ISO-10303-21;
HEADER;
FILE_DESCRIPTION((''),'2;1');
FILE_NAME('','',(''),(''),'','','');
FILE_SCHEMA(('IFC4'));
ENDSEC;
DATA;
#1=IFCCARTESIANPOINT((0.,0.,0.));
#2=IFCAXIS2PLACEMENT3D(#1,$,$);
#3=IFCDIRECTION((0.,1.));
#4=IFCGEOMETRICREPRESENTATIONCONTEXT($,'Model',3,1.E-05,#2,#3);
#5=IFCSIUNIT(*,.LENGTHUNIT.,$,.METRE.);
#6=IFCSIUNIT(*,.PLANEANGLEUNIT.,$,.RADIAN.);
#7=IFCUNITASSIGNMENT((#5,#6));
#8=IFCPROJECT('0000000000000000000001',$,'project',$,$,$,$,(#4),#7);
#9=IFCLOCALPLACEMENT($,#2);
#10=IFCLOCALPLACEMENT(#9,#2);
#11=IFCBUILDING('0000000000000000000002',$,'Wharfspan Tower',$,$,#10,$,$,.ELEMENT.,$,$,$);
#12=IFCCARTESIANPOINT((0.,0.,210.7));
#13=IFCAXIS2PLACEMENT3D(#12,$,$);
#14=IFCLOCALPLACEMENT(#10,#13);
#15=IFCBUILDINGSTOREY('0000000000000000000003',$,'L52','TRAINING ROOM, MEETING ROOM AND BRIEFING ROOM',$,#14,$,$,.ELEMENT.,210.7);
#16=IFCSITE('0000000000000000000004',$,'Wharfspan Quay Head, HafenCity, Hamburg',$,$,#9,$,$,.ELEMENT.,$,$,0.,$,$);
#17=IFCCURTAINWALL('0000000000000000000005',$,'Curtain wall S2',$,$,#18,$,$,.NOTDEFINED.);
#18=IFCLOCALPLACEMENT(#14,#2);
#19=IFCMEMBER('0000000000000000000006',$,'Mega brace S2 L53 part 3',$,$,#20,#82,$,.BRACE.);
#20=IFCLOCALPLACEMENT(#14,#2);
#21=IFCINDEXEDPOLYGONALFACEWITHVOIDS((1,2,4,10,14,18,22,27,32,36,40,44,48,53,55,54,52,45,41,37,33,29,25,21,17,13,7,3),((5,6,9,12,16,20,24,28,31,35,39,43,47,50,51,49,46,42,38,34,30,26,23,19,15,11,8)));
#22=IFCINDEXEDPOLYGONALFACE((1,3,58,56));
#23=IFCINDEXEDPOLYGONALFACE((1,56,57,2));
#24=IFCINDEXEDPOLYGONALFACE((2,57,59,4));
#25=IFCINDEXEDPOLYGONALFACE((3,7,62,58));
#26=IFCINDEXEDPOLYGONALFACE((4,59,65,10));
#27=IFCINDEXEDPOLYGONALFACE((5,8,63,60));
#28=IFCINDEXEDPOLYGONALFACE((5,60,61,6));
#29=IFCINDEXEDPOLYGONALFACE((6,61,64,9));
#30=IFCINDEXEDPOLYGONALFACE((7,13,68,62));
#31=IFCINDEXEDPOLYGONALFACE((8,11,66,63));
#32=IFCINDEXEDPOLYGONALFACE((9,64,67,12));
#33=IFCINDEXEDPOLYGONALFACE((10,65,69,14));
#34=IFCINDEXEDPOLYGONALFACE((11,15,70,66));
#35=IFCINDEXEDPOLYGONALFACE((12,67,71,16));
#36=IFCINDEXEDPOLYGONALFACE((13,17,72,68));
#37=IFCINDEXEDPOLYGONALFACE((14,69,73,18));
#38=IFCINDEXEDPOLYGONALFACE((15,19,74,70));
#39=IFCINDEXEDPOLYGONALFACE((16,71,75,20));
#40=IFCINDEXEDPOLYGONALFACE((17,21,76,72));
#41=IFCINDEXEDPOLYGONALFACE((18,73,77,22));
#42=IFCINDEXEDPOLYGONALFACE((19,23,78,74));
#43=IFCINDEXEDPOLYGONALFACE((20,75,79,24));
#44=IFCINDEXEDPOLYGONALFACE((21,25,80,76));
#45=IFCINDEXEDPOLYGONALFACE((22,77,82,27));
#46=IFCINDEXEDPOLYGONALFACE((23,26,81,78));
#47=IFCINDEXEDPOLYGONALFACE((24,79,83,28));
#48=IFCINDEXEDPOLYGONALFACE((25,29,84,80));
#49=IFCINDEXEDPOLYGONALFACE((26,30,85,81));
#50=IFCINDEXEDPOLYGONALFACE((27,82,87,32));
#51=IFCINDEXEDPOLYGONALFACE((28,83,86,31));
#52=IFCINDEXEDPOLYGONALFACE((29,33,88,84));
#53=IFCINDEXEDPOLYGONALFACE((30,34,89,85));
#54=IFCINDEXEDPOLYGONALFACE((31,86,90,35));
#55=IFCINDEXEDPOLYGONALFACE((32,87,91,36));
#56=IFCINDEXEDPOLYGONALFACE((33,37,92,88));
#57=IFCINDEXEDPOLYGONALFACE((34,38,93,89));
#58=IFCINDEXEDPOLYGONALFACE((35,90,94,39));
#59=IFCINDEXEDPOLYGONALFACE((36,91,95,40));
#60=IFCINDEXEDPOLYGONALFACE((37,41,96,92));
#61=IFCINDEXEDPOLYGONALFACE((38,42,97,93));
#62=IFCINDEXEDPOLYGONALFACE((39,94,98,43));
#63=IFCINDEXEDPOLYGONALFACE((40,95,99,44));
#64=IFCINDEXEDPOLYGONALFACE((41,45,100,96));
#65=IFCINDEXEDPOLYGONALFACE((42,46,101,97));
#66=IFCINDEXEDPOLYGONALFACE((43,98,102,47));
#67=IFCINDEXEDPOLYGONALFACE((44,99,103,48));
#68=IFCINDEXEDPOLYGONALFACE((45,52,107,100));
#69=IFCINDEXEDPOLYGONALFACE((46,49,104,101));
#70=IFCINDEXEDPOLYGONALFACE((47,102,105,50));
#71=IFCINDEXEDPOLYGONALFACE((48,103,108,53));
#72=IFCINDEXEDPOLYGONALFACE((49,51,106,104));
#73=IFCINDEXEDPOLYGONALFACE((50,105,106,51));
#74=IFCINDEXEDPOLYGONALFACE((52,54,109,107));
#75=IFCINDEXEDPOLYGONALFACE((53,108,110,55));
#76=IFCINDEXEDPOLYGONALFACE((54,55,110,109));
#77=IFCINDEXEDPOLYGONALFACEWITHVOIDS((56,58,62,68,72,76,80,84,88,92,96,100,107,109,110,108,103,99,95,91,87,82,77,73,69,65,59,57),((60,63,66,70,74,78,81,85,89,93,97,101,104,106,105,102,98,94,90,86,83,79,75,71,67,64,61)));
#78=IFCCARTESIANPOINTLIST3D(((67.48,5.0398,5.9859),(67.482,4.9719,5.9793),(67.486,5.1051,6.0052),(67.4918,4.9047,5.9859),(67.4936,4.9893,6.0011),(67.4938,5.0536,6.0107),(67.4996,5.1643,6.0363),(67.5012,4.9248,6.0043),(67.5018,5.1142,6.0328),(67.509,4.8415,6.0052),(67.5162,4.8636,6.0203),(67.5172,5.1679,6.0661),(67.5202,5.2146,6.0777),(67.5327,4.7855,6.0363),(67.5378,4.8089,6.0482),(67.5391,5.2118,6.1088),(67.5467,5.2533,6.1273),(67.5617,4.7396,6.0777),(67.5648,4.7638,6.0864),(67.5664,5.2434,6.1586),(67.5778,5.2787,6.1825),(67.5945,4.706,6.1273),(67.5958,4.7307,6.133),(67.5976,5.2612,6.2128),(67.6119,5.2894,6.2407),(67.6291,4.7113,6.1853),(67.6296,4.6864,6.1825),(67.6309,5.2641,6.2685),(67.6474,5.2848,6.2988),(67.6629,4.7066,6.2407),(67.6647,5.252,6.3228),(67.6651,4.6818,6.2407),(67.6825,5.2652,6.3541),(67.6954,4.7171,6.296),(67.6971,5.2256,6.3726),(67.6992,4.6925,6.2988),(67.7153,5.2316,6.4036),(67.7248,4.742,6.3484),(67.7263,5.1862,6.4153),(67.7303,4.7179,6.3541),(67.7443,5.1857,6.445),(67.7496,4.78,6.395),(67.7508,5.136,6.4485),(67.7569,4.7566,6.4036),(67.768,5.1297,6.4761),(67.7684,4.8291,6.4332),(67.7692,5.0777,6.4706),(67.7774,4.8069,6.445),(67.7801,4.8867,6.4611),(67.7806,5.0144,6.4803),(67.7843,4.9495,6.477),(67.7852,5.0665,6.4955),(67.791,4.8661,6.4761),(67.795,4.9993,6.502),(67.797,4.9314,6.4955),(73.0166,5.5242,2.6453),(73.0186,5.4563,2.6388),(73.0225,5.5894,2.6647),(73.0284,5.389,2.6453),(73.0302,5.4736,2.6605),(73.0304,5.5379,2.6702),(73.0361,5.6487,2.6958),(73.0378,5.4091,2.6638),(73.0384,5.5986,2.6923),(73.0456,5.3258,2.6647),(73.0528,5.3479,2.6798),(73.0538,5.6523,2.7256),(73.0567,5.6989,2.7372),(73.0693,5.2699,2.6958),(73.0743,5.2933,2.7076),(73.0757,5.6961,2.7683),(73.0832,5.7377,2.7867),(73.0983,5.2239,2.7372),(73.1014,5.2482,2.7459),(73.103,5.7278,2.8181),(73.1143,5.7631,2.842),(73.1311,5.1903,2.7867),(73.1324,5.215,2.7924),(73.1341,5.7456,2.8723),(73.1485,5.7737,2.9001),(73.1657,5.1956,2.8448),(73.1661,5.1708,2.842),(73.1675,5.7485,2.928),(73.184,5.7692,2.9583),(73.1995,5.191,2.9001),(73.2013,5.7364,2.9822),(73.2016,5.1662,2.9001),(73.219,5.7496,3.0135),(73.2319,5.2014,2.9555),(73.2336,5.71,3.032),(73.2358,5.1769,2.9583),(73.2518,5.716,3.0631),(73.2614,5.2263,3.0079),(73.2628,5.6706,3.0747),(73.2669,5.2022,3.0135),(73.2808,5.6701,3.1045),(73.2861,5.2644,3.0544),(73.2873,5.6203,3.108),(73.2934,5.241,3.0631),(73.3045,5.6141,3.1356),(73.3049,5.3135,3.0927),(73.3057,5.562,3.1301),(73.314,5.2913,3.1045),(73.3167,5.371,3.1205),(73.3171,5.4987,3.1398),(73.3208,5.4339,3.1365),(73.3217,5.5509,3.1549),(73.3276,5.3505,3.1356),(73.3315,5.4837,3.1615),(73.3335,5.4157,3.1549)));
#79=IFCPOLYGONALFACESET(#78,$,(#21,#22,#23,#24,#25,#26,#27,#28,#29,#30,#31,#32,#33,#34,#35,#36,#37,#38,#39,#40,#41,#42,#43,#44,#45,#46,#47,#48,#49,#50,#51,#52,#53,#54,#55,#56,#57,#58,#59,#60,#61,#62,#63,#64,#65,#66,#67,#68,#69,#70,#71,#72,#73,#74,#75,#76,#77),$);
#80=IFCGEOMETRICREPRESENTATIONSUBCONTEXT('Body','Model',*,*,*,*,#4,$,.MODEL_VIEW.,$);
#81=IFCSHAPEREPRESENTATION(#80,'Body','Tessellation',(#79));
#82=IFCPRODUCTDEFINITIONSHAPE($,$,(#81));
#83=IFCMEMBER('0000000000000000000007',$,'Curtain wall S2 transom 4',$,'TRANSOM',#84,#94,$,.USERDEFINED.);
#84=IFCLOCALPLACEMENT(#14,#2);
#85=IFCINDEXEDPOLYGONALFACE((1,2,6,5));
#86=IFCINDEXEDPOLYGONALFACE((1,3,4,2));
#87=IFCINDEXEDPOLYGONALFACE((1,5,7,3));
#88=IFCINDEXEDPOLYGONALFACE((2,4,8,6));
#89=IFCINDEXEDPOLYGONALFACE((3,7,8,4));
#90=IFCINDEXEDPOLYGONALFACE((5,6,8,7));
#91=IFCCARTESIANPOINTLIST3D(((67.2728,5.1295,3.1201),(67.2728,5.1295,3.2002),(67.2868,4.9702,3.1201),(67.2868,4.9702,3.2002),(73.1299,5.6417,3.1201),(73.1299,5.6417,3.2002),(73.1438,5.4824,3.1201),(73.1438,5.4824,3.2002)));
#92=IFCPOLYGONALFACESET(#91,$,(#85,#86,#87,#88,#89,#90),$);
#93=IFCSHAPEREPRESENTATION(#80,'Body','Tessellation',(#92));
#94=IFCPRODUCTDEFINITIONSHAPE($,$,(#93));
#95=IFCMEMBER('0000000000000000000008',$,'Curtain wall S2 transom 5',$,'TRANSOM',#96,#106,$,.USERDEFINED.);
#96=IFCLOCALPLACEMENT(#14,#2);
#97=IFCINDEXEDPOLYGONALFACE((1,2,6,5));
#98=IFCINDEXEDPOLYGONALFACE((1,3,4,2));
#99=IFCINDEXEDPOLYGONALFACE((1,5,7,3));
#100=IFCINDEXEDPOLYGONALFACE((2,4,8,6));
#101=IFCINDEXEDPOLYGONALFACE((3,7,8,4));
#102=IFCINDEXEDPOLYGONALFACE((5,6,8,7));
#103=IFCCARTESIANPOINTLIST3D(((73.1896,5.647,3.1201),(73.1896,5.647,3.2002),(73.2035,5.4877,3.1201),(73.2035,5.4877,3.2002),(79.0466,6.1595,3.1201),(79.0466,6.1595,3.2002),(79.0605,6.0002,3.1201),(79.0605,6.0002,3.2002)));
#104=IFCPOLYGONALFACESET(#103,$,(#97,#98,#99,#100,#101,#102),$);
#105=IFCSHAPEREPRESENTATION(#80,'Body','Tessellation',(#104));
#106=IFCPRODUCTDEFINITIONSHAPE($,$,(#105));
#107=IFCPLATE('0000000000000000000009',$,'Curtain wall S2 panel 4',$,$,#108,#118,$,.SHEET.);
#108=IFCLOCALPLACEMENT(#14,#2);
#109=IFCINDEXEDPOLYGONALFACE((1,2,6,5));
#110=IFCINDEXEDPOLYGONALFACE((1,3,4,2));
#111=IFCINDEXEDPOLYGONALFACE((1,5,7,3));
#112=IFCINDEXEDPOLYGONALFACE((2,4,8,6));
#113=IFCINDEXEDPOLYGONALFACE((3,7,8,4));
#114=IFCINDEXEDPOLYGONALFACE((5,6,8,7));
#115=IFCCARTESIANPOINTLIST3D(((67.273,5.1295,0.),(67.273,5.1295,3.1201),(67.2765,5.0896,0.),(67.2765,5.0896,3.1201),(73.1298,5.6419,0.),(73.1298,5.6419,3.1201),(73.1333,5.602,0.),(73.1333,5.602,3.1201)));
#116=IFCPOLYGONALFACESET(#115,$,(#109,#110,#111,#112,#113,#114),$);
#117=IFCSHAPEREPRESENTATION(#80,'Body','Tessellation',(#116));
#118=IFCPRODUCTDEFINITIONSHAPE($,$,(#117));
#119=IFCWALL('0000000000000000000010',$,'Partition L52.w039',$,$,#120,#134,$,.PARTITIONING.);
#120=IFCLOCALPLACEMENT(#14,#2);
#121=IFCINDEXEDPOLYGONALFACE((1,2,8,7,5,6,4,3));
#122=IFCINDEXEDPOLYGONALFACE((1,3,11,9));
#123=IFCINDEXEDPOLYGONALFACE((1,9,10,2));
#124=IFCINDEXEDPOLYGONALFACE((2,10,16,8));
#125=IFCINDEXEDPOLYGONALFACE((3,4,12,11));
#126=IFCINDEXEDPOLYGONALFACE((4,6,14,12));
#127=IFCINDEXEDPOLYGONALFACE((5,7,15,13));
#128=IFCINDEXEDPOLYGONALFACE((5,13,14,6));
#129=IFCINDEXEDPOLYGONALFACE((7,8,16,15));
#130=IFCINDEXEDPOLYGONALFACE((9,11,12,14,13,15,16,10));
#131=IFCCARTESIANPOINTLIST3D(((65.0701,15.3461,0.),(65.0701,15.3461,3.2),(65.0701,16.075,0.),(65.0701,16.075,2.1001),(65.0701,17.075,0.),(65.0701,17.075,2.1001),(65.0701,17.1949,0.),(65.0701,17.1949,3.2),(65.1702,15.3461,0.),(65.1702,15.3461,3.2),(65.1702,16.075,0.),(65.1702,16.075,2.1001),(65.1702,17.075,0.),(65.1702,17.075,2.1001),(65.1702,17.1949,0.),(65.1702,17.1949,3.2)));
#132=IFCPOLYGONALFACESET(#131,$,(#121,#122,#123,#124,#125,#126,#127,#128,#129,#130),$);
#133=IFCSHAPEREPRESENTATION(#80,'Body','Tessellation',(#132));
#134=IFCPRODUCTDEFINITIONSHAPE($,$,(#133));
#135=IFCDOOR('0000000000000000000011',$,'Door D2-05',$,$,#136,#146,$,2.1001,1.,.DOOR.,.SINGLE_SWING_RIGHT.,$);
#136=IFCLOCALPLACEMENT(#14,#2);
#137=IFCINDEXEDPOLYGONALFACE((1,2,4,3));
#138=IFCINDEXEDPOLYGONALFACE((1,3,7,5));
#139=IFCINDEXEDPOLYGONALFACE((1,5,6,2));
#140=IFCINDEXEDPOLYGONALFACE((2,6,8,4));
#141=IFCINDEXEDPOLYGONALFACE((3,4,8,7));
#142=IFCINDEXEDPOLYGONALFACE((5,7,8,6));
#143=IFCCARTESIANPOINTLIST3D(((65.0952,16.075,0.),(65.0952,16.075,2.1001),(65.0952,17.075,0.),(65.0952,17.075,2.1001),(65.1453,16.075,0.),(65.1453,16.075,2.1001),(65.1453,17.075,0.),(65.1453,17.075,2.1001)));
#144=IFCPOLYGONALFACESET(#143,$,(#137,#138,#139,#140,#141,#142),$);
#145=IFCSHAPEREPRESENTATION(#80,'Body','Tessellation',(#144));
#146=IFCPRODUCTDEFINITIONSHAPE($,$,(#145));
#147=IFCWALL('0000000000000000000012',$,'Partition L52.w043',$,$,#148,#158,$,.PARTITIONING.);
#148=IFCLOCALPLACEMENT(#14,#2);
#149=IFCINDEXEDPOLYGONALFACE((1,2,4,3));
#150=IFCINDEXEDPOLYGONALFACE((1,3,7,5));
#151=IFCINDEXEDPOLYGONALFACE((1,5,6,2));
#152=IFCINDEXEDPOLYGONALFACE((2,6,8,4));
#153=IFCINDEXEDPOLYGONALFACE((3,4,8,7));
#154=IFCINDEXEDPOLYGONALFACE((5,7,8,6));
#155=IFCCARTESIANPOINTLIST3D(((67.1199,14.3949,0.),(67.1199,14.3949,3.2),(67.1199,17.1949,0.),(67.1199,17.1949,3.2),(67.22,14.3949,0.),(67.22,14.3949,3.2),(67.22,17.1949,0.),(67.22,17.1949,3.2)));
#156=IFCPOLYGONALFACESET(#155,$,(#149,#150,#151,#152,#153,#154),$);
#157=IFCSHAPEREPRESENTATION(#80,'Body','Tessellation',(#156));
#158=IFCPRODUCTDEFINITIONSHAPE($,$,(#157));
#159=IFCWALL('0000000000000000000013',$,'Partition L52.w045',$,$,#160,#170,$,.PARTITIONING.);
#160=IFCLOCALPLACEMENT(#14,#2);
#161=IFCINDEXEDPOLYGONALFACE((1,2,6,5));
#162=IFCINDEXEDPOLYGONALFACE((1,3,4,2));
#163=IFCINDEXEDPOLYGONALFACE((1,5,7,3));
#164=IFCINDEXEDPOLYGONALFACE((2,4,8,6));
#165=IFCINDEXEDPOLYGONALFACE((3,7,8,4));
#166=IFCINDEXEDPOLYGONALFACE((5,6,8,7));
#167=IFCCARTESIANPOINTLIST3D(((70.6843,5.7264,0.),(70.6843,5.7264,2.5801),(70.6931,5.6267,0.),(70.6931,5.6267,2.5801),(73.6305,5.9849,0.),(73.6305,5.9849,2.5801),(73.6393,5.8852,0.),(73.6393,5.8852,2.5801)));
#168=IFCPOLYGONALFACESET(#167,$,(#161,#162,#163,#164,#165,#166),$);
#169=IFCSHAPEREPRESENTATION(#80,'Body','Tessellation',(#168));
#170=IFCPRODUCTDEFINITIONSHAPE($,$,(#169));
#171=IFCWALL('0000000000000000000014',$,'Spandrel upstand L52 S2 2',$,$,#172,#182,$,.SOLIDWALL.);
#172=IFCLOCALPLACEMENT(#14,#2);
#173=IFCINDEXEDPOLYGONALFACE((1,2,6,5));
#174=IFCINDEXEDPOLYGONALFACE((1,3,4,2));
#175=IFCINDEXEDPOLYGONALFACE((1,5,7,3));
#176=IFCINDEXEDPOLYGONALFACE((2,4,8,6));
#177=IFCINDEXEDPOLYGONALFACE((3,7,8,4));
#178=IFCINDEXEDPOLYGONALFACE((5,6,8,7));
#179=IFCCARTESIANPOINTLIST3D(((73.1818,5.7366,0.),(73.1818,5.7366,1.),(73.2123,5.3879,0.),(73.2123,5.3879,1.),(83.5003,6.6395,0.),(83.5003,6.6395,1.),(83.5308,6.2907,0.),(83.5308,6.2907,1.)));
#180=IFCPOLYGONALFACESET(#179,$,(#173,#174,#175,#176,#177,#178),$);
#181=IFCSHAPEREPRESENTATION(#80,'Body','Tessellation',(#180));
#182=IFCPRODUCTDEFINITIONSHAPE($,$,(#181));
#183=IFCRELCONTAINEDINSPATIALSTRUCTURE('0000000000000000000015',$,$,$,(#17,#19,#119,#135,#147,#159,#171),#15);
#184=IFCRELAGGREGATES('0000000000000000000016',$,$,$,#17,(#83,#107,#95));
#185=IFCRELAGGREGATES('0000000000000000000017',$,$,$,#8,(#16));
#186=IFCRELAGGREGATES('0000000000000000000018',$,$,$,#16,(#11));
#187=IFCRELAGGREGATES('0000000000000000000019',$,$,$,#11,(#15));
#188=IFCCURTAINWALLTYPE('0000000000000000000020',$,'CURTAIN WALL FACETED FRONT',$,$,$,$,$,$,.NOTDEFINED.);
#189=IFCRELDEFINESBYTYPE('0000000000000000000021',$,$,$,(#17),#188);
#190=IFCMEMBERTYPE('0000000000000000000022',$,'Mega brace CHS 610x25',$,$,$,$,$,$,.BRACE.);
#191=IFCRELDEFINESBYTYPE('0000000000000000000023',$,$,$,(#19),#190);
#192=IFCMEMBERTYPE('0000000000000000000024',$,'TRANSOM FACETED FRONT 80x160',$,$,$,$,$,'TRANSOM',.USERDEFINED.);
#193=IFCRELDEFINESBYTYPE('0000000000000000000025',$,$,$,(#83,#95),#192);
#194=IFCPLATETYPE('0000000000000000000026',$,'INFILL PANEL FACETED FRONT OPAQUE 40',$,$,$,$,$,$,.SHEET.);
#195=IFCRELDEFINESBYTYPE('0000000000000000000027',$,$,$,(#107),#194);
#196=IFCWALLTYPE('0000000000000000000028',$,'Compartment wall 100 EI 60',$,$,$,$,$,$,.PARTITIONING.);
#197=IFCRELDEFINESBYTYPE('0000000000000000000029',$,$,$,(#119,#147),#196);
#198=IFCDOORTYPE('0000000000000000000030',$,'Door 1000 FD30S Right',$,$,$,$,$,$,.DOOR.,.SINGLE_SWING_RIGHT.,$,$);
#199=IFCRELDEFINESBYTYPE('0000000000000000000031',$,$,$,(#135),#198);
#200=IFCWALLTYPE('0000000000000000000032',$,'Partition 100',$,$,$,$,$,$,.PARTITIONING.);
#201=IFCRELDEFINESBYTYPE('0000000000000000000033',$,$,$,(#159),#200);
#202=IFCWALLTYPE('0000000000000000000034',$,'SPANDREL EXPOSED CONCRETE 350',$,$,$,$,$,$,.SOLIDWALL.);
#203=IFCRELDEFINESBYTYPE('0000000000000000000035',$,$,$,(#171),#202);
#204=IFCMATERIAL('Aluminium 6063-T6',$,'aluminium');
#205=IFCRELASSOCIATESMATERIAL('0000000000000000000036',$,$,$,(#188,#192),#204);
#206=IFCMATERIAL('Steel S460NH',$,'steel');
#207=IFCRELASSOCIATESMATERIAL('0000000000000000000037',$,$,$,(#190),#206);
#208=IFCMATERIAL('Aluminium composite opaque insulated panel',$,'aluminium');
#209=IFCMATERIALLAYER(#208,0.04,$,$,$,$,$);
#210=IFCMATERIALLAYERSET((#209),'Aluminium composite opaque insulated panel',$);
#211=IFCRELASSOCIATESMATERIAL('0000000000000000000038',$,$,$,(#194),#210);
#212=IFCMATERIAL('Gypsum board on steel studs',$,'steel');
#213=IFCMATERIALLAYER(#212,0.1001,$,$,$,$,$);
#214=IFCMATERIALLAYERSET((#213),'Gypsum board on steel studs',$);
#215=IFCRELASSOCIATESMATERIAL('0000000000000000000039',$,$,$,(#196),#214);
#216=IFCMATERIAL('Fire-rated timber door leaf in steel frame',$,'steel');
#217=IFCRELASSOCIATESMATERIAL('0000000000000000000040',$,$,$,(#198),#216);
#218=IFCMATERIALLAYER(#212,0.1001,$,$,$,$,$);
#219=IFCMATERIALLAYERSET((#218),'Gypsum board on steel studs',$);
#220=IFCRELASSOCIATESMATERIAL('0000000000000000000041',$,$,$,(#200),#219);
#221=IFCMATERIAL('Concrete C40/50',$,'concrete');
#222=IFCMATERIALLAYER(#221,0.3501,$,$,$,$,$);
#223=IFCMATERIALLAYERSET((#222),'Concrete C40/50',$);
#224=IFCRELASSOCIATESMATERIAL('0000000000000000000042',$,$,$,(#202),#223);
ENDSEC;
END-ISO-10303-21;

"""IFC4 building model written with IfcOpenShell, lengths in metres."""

from ifc_helpers import new_model, si_unit, direction, frame, frame_2d, origin, origin_2d, place, context, subcontext, project, spatial, rectangle, hollow_circle, extrude, material, layer, layer_set, material_profile, profile_set, type_object, element, fill, aggregate, save


model = new_model("IFC4")

# Units and contexts
model_context = context("Model", 3, precision=1e-05, world=origin(), true_north=direction((0.0, 1.0)))
body_context = subcontext(model_context, "Body", "Model", "MODEL_VIEW")
ifc_project = project(units=[si_unit("LENGTHUNIT", "METRE"), si_unit("PLANEANGLEUNIT", "RADIAN")], contexts=[model_context])

# Site, building, storey
site_placement = place(None, origin())
site = spatial("IfcSite", under=ifc_project, at=site_placement, Name="Wharfspan Quay Head, HafenCity, Hamburg", CompositionType="ELEMENT", RefElevation=0.0)
building_placement = place(site_placement, origin())
building = spatial("IfcBuilding", under=site, at=building_placement, Name="Wharfspan Tower", CompositionType="ELEMENT")
storey_placement = place(building_placement, frame((0.0, 0.0, 210.7)))
storey = spatial("IfcBuildingStorey", under=building, at=storey_placement, Name="L52", Description="TRAINING ROOM, MEETING ROOM AND BRIEFING ROOM", CompositionType="ELEMENT", Elevation=210.7)

# Curtain wall
ifc_material_1 = material(Name="Aluminium 6063-T6", Category="aluminium")
curtain_wall_type = type_object("IfcCurtainWallType", Name="CURTAIN WALL FACETED FRONT", PredefinedType="NOTDEFINED", material=ifc_material_1)
curtain_wall_placement = place(storey_placement, origin())
curtain_wall = element("IfcCurtainWall", 1, at=curtain_wall_placement, inside=storey, type_object=curtain_wall_type, Name="Curtain wall S2", PredefinedType="NOTDEFINED")

# Members
ifc_material_2 = material(Name="Steel S460NH", Category="steel")
ifc_material_profile_1 = material_profile(ifc_material_2, hollow_circle(Radius=0.3049, WallThickness=0.0249, at=origin_2d()))
ifc_profile_set_1 = profile_set([ifc_material_profile_1], Name="Steel S460NH")
member_type_1 = type_object("IfcMemberType", Name="Mega brace CHS 610x25", PredefinedType="BRACE", material=ifc_profile_set_1)
member_1_placement = place(storey_placement, frame((73.175, 5.47, 2.9001), z_axis=(-0.853829, -0.074698, 0.515166), x_axis=(0.087155, -0.996197, 0.000003)))
element("IfcMember", 2, at=member_1_placement, inside=storey, type_object=member_type_1, Name="Mega brace S2 L53 part 3", PredefinedType="BRACE", context=body_context, shape_type="SweptSolid", body=[
    extrude(hollow_circle(Radius=0.3049, WallThickness=0.0249, at=origin_2d()), origin(), (0.0, 0.0, 1.0), 6.4844),
])
ifc_material_profile_2 = material_profile(ifc_material_1, rectangle(XDim=0.1599, YDim=0.0801, at=origin_2d()))
ifc_profile_set_2 = profile_set([ifc_material_profile_2], Name="Aluminium 6063-T6")
member_type_2 = type_object("IfcMemberType", Name="TRANSOM FACETED FRONT 80x160", ElementType="TRANSOM", PredefinedType="USERDEFINED", material=ifc_profile_set_2)
member_2_placement = place(storey_placement, frame((67.2798, 5.0498, 3.1602), z_axis=(0.996198, 0.087121, 0.0), x_axis=(-0.087121, 0.996198, 0.0)))
member_2 = element("IfcMember", 3, at=member_2_placement, type_object=member_type_2, Name="Curtain wall S2 transom 4", ObjectType="TRANSOM", PredefinedType="USERDEFINED", context=body_context, shape_type="SweptSolid", body=[
    extrude(rectangle(XDim=0.1599, YDim=0.0801, at=origin_2d()), origin(), (0.0, 0.0, 1.0), 5.8794),
])
member_3_placement = place(storey_placement, frame((73.1965, 5.5674, 3.1602), z_axis=(0.996194, 0.087162, 0.0), x_axis=(-0.087162, 0.996194, 0.0)))
member_3 = element("IfcMember", 4, at=member_3_placement, type_object=member_type_2, Name="Curtain wall S2 transom 5", ObjectType="TRANSOM", PredefinedType="USERDEFINED", context=body_context, shape_type="SweptSolid", body=[
    extrude(rectangle(XDim=0.1599, YDim=0.0801, at=origin_2d()), origin(), (0.0, 0.0, 1.0), 5.8794),
])

# Plate
ifc_material_3 = material(Name="Aluminium composite opaque insulated panel", Category="aluminium")
ifc_layer_1 = layer(ifc_material_3, 0.04)
ifc_layer_set_1 = layer_set([ifc_layer_1], Name="Aluminium composite opaque insulated panel")
plate_type = type_object("IfcPlateType", Name="INFILL PANEL FACETED FRONT OPAQUE 40", PredefinedType="SHEET", material=ifc_layer_set_1)
plate_placement = place(storey_placement, frame((70.2031, 5.3657, 0.0), z_axis=(0.0, 0.0, 1.0), x_axis=(0.996197, 0.087156, 0.0)))
plate = element("IfcPlate", 5, at=plate_placement, type_object=plate_type, Name="Curtain wall S2 panel 4", PredefinedType="SHEET", context=body_context, shape_type="SweptSolid", body=[
    extrude(rectangle(XDim=5.8792, YDim=0.04, at=origin_2d()), origin(), (0.0, 0.0, 1.0), 3.1201),
])
aggregate(curtain_wall, [member_2, plate, member_3])

# Wall, opening, door
ifc_material_4 = material(Name="Gypsum board on steel studs", Category="steel")
ifc_layer_2 = layer(ifc_material_4, 0.1001)
ifc_layer_set_2 = layer_set([ifc_layer_2], Name="Gypsum board on steel studs")
wall_type_1 = type_object("IfcWallType", Name="Compartment wall 100 EI 60", PredefinedType="PARTITIONING", material=ifc_layer_set_2)
wall_1_placement = place(storey_placement, frame((65.1201, 15.3462, 0.0), z_axis=(0.0, 0.0, 1.0), x_axis=(0.0, 1.0, 0.0)))
wall_1 = element("IfcWall", 6, at=wall_1_placement, inside=storey, type_object=wall_type_1, Name="Partition L52.w039", PredefinedType="PARTITIONING", context=body_context, shape_type="SweptSolid", body=[
    extrude(rectangle(XDim=1.8489, YDim=0.1001, at=frame_2d((0.9243, 0.0))), origin(), (0.0, 0.0, 1.0), 3.2),
])
opening_placement = place(wall_1_placement, frame((0.7288, 0.0, 0.0)))
opening = element("IfcOpeningElement", 7, at=opening_placement, cuts=wall_1, PredefinedType="OPENING", context=body_context, shape_type="SweptSolid", body=[
    extrude(rectangle(XDim=1.0, YDim=2.1001, at=frame_2d((0.5, 1.05))), frame((0.0, 0.0601, 0.0), z_axis=(0.0, -1.0, 0.0), x_axis=(1.0, 0.0, 0.0)), (0.0, 0.0, 1.0), 0.1201),
])
ifc_material_5 = material(Name="Fire-rated timber door leaf in steel frame", Category="steel")
door_type = type_object("IfcDoorType", Name="Door 1000 FD30S Right", OperationType="SINGLE_SWING_RIGHT", PredefinedType="DOOR", material=ifc_material_5)
door_placement = place(opening_placement, origin())
door = element("IfcDoor", 8, at=door_placement, inside=storey, type_object=door_type, Name="Door D2-05", OperationType="SINGLE_SWING_RIGHT", OverallHeight=2.1001, OverallWidth=1.0, PredefinedType="DOOR", context=body_context, shape_type="SweptSolid", body=[
    extrude(rectangle(XDim=1.0, YDim=2.1001, at=frame_2d((0.5, 1.05))), frame((0.0, 0.0249, 0.0), z_axis=(0.0, -1.0, 0.0), x_axis=(1.0, 0.0, 0.0)), (0.0, 0.0, 1.0), 0.05),
])
fill(opening, door)

# Walls
wall_2_placement = place(storey_placement, frame((67.1699, 14.395, 0.0), z_axis=(0.0, 0.0, 1.0), x_axis=(0.0, 1.0, 0.0)))
element("IfcWall", 9, at=wall_2_placement, inside=storey, type_object=wall_type_1, Name="Partition L52.w043", PredefinedType="PARTITIONING", context=body_context, shape_type="SweptSolid", body=[
    extrude(rectangle(XDim=2.8, YDim=0.1001, at=frame_2d((1.3999, 0.0))), origin(), (0.0, 0.0, 1.0), 3.2),
])
ifc_layer_3 = layer(ifc_material_4, 0.1001)
ifc_layer_set_3 = layer_set([ifc_layer_3], Name="Gypsum board on steel studs")
wall_type_2 = type_object("IfcWallType", Name="Partition 100", PredefinedType="PARTITIONING", material=ifc_layer_set_3)
wall_3_placement = place(storey_placement, frame((70.6887, 5.6765, 0.0), z_axis=(0.0, 0.0, 1.0), x_axis=(0.996174, 0.087417, 0.0)))
element("IfcWall", 10, at=wall_3_placement, inside=storey, type_object=wall_type_2, Name="Partition L52.w045", PredefinedType="PARTITIONING", context=body_context, shape_type="SweptSolid", body=[
    extrude(rectangle(XDim=2.9575, YDim=0.1001, at=frame_2d((1.4788, 0.0))), origin(), (0.0, 0.0, 1.0), 2.5801),
])
ifc_material_6 = material(Name="Concrete C40/50", Category="concrete")
ifc_layer_4 = layer(ifc_material_6, 0.3501)
ifc_layer_set_4 = layer_set([ifc_layer_4], Name="Concrete C40/50")
wall_type_3 = type_object("IfcWallType", Name="SPANDREL EXPOSED CONCRETE 350", PredefinedType="SOLIDWALL", material=ifc_layer_set_4)
wall_4_placement = place(storey_placement, frame((73.197, 5.5623, 0.0), z_axis=(0.0, 0.0, 1.0), x_axis=(0.996198, 0.087163, 0.0)))
element("IfcWall", 11, at=wall_4_placement, inside=storey, type_object=wall_type_3, Name="Spandrel upstand L52 S2 2", PredefinedType="SOLIDWALL", context=body_context, shape_type="SweptSolid", body=[
    extrude(rectangle(XDim=10.3579, YDim=0.3501, at=frame_2d((5.179, 0.0))), origin(), (0.0, 0.0, 1.0), 1.0),
])

save(model, "model.ifc")
